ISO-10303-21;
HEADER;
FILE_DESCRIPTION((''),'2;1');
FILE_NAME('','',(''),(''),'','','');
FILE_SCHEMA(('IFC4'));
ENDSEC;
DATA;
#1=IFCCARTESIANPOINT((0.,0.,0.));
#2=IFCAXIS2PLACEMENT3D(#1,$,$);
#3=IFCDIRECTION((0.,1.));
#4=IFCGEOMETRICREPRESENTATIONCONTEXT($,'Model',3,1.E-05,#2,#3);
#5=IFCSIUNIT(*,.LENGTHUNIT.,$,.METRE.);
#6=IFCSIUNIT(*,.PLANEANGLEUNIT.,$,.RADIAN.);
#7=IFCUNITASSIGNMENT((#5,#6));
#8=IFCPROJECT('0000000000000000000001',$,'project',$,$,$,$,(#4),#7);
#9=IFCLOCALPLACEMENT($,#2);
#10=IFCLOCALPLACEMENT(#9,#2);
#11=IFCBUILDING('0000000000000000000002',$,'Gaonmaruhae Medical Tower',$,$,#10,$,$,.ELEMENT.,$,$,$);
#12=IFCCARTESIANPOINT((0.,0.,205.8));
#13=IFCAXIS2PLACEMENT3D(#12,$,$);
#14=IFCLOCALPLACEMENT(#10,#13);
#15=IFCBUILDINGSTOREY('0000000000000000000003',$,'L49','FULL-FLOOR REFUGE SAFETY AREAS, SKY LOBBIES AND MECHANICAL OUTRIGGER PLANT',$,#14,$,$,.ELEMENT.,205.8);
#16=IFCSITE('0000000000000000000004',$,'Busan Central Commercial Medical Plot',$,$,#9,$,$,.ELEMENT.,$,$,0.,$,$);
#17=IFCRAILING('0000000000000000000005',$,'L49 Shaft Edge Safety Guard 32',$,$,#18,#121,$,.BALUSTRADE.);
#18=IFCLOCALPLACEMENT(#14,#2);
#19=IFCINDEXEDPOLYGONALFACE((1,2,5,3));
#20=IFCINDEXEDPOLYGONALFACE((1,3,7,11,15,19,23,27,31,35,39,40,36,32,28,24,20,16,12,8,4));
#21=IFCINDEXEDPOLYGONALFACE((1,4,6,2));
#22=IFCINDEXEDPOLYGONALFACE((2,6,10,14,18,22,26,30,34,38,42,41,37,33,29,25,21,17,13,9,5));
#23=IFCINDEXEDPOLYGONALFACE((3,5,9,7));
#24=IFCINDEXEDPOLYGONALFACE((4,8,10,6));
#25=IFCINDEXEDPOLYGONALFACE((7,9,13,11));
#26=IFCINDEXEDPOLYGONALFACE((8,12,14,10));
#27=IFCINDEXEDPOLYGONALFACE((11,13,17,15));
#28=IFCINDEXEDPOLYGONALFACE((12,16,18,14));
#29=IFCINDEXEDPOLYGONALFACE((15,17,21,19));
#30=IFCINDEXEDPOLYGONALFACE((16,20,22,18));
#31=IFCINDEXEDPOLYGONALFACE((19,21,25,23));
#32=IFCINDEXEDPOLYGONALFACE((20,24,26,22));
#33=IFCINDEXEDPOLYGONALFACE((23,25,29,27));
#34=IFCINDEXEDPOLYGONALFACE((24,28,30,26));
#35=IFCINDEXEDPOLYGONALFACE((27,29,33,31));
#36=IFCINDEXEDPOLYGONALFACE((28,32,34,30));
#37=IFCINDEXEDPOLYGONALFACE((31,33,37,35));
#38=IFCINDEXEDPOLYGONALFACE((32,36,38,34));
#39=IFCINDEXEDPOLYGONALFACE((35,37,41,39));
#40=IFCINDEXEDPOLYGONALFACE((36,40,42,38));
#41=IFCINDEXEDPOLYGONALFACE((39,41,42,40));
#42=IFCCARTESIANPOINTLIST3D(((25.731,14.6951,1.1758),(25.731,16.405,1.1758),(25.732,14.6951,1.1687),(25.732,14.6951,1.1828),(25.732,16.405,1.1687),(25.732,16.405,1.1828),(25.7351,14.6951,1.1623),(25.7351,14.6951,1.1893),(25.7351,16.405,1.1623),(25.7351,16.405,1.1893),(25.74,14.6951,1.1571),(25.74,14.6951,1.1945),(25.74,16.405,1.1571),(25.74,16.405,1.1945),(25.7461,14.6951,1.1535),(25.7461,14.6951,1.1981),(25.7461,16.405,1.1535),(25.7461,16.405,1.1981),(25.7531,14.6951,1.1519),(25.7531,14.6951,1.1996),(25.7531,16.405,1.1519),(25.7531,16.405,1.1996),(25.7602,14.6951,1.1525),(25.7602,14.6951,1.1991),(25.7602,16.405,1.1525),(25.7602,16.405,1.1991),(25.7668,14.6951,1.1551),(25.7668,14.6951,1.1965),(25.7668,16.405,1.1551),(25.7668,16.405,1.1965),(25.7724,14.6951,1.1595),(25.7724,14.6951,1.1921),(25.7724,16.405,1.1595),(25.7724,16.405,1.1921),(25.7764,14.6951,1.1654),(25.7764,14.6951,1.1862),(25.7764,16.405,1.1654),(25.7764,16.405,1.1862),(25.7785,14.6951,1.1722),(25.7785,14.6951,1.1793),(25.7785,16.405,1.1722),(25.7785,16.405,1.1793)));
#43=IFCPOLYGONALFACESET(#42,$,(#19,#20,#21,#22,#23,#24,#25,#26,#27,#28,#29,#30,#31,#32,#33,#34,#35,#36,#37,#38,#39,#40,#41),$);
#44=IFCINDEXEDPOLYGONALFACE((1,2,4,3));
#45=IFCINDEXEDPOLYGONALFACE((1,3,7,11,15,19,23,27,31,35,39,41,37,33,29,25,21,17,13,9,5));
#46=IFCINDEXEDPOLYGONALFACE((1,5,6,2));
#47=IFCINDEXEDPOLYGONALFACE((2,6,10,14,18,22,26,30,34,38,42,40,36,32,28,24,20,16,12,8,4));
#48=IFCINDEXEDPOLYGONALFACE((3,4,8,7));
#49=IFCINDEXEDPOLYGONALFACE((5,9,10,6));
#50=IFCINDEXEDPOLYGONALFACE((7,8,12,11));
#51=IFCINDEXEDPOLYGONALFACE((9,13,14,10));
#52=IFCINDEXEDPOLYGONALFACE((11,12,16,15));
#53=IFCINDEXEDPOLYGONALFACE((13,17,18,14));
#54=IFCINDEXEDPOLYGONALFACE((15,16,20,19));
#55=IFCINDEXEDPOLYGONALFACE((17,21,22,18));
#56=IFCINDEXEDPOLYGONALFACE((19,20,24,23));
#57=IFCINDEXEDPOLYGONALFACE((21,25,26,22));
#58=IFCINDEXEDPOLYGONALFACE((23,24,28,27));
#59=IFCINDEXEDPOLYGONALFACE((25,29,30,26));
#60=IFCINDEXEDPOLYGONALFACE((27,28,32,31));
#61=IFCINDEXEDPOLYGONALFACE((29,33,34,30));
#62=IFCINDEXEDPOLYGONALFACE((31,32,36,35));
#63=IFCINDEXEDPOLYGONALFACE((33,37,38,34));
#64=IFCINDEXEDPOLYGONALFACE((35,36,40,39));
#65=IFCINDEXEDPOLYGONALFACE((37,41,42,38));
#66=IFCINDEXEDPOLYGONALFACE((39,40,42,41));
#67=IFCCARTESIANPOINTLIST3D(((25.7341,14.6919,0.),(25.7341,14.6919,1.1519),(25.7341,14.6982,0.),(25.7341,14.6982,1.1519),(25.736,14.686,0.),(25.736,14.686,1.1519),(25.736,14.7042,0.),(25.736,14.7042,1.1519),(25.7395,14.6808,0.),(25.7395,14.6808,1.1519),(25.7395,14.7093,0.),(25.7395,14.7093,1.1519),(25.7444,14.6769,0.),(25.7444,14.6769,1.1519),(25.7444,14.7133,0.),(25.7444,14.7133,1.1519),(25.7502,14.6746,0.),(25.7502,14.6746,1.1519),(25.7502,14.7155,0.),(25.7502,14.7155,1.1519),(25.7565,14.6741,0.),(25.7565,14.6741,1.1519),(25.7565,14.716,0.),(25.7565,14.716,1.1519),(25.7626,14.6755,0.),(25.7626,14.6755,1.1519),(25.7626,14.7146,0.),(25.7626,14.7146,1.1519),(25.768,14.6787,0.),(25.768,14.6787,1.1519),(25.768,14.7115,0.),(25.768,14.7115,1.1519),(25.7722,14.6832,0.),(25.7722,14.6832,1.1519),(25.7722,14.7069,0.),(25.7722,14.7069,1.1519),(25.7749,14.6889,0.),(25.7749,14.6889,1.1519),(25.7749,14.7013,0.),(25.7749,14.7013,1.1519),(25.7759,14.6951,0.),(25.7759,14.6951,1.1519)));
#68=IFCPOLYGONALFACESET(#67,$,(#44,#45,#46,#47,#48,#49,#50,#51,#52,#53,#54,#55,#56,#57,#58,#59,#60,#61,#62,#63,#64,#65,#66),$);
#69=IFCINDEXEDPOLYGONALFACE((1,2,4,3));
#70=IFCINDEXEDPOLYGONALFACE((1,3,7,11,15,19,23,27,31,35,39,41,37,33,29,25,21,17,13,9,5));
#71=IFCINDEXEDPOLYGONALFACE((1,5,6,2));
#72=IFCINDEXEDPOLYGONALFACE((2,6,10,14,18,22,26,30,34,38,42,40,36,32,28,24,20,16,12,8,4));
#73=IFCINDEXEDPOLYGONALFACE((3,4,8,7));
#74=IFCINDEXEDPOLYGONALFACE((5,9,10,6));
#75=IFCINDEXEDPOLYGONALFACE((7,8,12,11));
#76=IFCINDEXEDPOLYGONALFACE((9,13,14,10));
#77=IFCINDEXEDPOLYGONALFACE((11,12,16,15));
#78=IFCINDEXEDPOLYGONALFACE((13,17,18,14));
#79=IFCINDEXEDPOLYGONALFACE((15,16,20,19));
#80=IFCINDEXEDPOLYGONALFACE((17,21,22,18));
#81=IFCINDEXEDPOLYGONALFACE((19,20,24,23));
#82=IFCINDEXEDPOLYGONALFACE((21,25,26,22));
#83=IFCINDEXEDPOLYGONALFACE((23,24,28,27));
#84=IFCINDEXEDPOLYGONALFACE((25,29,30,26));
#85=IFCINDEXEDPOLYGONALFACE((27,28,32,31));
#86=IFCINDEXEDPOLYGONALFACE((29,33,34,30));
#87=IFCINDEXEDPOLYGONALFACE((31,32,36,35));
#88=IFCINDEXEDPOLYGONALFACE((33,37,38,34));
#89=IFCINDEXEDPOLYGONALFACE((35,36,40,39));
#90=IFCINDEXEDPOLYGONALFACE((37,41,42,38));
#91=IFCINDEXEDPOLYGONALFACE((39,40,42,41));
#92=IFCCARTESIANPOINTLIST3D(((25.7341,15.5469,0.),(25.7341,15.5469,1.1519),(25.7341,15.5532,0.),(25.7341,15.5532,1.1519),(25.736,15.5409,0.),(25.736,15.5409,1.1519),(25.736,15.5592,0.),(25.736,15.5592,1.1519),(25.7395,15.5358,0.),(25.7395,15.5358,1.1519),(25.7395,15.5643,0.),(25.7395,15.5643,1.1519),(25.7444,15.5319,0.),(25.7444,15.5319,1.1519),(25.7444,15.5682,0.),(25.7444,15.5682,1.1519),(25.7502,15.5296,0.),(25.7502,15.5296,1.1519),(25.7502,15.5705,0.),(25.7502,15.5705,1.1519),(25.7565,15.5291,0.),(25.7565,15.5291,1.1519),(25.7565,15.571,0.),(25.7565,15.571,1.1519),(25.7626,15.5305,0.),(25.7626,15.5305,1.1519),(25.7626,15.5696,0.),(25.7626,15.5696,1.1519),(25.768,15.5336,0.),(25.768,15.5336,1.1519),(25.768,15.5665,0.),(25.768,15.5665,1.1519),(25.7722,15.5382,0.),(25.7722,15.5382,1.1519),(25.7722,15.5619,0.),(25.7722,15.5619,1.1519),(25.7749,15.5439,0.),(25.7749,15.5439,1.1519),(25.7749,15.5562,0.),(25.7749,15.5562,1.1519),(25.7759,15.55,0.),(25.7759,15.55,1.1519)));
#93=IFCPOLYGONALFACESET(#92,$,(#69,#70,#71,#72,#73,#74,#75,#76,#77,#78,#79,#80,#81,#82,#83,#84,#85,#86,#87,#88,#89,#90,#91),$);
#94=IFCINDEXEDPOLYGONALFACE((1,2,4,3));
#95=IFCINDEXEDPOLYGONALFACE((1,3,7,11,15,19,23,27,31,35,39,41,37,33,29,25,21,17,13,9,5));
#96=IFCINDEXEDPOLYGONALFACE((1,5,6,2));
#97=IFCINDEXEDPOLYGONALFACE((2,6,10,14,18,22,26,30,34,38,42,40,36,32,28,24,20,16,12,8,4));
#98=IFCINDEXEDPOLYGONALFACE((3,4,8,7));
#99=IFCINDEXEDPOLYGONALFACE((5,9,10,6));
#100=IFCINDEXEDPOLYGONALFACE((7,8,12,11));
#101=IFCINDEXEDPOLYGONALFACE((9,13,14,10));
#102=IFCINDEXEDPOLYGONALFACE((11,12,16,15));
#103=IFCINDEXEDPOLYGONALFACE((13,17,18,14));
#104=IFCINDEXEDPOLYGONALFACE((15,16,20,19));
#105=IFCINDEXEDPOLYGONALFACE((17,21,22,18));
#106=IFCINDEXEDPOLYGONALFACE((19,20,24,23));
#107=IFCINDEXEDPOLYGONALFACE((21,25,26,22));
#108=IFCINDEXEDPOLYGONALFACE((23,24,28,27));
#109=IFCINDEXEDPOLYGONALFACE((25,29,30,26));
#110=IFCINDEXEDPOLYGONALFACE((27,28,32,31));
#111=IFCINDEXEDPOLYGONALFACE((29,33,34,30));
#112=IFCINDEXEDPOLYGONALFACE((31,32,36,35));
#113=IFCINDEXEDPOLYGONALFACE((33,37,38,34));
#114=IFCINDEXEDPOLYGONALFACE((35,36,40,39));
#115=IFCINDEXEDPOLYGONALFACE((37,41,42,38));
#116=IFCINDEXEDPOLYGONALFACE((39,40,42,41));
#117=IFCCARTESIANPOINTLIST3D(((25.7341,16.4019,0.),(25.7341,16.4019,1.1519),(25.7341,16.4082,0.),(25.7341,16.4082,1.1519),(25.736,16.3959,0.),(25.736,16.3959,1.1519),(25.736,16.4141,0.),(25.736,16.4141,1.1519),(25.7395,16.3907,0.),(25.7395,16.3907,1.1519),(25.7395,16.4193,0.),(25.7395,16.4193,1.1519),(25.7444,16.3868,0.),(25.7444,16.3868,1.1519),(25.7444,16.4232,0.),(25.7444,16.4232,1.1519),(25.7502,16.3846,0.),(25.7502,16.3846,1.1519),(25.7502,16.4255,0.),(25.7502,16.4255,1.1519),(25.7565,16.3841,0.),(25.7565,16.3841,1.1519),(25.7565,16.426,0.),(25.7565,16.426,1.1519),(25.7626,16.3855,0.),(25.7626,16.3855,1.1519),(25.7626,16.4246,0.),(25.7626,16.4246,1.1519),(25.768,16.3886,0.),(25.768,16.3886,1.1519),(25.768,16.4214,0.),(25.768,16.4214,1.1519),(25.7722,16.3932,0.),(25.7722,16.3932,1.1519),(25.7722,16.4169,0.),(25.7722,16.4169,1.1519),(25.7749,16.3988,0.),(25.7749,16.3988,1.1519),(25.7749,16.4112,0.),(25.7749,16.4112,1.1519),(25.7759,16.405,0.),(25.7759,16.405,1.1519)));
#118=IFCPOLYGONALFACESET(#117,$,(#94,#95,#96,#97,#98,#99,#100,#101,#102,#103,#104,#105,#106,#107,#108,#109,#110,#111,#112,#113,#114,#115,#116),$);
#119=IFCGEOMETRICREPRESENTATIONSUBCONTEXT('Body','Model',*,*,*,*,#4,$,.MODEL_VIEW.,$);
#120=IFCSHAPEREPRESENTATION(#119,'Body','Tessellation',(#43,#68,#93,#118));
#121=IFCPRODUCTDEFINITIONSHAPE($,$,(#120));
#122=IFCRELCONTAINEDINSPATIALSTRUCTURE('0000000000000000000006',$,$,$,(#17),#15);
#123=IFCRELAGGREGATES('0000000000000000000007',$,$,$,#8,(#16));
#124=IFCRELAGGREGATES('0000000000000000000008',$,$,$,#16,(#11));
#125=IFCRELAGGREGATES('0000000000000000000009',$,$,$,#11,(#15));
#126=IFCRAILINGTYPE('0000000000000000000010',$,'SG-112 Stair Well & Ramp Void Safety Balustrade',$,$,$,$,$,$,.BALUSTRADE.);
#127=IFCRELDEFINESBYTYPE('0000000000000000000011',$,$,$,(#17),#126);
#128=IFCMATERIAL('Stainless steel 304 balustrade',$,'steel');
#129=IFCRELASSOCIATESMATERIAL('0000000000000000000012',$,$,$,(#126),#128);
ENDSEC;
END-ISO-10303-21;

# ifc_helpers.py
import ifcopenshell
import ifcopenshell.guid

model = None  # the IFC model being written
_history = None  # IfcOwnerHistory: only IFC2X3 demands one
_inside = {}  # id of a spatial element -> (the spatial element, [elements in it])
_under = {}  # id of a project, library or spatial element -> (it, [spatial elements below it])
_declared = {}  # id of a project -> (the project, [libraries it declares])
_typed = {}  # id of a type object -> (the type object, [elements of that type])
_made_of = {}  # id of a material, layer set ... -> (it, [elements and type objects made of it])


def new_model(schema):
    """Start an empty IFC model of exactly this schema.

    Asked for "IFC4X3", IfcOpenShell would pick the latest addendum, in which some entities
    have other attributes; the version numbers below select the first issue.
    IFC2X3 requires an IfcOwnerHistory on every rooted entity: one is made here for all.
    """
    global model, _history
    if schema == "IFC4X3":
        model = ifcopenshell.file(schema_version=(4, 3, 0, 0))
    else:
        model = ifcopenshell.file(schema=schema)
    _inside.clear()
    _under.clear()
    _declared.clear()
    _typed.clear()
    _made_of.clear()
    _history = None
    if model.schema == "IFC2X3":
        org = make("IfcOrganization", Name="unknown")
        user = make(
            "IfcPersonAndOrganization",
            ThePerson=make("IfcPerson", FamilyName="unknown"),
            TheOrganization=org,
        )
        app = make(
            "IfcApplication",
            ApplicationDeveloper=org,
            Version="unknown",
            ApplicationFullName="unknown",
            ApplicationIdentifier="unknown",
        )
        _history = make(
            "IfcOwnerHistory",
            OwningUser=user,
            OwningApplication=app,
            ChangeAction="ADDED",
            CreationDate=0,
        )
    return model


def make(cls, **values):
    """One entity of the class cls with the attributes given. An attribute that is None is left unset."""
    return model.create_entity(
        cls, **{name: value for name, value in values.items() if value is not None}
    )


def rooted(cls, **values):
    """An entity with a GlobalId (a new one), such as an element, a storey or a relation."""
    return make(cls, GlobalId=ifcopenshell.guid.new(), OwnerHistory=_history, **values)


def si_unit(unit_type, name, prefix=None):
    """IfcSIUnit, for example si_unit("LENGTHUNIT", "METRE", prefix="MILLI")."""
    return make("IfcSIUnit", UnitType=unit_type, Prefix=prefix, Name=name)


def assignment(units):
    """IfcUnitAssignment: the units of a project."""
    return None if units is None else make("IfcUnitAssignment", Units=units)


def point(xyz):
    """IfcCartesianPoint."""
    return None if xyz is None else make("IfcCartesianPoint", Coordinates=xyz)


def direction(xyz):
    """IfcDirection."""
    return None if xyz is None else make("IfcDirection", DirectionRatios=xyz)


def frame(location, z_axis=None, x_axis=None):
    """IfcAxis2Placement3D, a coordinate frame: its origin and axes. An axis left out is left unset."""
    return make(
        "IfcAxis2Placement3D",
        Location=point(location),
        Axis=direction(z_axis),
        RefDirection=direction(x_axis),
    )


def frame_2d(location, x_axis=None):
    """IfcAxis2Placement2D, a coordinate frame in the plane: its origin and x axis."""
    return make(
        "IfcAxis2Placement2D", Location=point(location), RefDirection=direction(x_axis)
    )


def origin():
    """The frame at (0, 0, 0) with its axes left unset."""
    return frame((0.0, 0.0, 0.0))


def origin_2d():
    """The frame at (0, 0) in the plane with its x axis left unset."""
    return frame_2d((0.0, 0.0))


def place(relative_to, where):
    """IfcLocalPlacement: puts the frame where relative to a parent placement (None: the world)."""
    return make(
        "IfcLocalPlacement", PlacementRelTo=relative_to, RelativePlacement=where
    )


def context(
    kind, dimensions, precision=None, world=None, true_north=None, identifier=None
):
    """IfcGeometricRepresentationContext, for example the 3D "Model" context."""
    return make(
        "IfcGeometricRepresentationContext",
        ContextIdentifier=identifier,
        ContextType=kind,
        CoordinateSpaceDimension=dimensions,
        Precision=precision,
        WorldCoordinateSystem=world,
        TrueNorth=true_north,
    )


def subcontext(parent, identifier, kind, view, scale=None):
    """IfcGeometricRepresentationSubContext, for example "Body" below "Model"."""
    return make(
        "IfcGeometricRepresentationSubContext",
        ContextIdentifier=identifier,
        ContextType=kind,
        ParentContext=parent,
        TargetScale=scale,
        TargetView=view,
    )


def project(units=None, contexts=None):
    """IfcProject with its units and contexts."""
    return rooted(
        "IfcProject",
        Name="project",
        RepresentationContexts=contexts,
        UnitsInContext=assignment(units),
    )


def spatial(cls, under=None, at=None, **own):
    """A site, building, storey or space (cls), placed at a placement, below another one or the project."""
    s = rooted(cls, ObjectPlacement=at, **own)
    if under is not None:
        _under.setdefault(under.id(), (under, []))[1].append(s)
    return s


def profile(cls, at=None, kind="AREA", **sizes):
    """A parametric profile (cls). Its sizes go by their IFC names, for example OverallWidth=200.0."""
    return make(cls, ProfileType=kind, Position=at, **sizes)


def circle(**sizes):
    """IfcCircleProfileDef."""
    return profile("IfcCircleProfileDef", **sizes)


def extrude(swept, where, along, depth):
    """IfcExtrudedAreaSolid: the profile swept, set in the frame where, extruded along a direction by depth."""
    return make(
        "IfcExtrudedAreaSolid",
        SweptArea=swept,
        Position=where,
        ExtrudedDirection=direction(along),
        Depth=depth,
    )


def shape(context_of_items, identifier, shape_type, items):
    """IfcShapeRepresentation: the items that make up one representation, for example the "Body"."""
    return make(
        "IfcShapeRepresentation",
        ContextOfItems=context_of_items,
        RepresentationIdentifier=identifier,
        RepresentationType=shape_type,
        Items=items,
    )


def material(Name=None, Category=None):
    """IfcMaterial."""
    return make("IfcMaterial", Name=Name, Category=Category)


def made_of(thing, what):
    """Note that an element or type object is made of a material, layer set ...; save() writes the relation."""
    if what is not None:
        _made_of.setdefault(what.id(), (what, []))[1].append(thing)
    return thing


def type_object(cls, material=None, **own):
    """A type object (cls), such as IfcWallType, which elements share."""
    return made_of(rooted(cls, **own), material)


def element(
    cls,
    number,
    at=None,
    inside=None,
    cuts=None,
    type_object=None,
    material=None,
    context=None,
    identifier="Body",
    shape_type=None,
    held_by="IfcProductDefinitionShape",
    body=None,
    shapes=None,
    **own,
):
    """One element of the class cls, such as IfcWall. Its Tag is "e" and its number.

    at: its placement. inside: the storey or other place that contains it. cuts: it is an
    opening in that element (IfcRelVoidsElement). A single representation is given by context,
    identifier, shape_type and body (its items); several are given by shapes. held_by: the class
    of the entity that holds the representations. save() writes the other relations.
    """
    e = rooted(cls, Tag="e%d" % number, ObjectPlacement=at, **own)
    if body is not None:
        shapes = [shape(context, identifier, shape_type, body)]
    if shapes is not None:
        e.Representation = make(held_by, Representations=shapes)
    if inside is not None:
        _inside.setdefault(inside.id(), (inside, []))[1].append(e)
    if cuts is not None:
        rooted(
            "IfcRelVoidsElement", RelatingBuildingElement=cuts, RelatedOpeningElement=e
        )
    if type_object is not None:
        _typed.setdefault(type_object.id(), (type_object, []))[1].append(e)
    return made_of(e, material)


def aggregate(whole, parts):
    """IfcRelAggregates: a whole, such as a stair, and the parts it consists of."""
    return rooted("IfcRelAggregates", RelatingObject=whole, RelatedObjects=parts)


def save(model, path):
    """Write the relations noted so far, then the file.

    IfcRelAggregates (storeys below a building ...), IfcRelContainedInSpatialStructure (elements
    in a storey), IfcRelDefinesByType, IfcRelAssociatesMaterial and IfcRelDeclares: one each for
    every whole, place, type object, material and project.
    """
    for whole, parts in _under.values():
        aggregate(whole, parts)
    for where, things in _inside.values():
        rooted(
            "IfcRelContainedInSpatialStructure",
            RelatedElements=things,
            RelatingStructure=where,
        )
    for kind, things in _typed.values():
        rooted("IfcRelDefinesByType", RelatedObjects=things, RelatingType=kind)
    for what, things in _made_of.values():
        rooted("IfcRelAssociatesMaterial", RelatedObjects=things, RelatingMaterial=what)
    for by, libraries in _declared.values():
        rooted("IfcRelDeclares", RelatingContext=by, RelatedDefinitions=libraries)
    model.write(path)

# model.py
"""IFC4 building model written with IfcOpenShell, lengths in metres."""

from ifc_helpers import new_model, si_unit, direction, frame, origin, origin_2d, place, context, subcontext, project, spatial, circle, extrude, material, type_object, element, save


model = new_model("IFC4")

# Units and contexts
model_context = context("Model", 3, precision=1e-05, world=origin(), true_north=direction((0.0, 1.0)))
body_context = subcontext(model_context, "Body", "Model", "MODEL_VIEW")
ifc_project = project(units=[si_unit("LENGTHUNIT", "METRE"), si_unit("PLANEANGLEUNIT", "RADIAN")], contexts=[model_context])

# Site, building, storey
site_placement = place(None, origin())
site = spatial("IfcSite", under=ifc_project, at=site_placement, Name="Busan Central Commercial Medical Plot", CompositionType="ELEMENT", RefElevation=0.0)
building_placement = place(site_placement, origin())
building = spatial("IfcBuilding", under=site, at=building_placement, Name="Gaonmaruhae Medical Tower", CompositionType="ELEMENT")
storey_placement = place(building_placement, frame((0.0, 0.0, 205.8)))
storey = spatial("IfcBuildingStorey", under=building, at=storey_placement, Name="L49", Description="FULL-FLOOR REFUGE SAFETY AREAS, SKY LOBBIES AND MECHANICAL OUTRIGGER PLANT", CompositionType="ELEMENT", Elevation=205.8)

# Railing
ifc_material_1 = material(Name="Stainless steel 304 balustrade", Category="steel")
railing_type = type_object("IfcRailingType", Name="SG-112 Stair Well & Ramp Void Safety Balustrade", PredefinedType="BALUSTRADE", material=ifc_material_1)
railing_1_placement = place(storey_placement, frame((25.7549, 14.6951, 0.0)))
element("IfcRailing", 1, at=railing_1_placement, inside=storey, type_object=railing_type, Name="L49 Shaft Edge Safety Guard 32", PredefinedType="BALUSTRADE", context=body_context, shape_type="SweptSolid", body=[
    extrude(circle(Radius=0.0239, at=origin_2d()), frame((0.0, 0.0, 1.1758), z_axis=(0.0, 1.0, 0.0), x_axis=(-1.0, 0.0, 0.0)), (0.0, 0.0, 1.0), 1.71),
    extrude(circle(Radius=0.021, at=origin_2d()), origin(), (0.0, 0.0, 1.0), 1.1519),
    extrude(circle(Radius=0.021, at=origin_2d()), frame((0.0, 0.855, 0.0)), (0.0, 0.0, 1.0), 1.1519),
    extrude(circle(Radius=0.021, at=origin_2d()), frame((0.0, 1.71, 0.0)), (0.0, 0.0, 1.0), 1.1519),
])

save(model, "model.ifc")
